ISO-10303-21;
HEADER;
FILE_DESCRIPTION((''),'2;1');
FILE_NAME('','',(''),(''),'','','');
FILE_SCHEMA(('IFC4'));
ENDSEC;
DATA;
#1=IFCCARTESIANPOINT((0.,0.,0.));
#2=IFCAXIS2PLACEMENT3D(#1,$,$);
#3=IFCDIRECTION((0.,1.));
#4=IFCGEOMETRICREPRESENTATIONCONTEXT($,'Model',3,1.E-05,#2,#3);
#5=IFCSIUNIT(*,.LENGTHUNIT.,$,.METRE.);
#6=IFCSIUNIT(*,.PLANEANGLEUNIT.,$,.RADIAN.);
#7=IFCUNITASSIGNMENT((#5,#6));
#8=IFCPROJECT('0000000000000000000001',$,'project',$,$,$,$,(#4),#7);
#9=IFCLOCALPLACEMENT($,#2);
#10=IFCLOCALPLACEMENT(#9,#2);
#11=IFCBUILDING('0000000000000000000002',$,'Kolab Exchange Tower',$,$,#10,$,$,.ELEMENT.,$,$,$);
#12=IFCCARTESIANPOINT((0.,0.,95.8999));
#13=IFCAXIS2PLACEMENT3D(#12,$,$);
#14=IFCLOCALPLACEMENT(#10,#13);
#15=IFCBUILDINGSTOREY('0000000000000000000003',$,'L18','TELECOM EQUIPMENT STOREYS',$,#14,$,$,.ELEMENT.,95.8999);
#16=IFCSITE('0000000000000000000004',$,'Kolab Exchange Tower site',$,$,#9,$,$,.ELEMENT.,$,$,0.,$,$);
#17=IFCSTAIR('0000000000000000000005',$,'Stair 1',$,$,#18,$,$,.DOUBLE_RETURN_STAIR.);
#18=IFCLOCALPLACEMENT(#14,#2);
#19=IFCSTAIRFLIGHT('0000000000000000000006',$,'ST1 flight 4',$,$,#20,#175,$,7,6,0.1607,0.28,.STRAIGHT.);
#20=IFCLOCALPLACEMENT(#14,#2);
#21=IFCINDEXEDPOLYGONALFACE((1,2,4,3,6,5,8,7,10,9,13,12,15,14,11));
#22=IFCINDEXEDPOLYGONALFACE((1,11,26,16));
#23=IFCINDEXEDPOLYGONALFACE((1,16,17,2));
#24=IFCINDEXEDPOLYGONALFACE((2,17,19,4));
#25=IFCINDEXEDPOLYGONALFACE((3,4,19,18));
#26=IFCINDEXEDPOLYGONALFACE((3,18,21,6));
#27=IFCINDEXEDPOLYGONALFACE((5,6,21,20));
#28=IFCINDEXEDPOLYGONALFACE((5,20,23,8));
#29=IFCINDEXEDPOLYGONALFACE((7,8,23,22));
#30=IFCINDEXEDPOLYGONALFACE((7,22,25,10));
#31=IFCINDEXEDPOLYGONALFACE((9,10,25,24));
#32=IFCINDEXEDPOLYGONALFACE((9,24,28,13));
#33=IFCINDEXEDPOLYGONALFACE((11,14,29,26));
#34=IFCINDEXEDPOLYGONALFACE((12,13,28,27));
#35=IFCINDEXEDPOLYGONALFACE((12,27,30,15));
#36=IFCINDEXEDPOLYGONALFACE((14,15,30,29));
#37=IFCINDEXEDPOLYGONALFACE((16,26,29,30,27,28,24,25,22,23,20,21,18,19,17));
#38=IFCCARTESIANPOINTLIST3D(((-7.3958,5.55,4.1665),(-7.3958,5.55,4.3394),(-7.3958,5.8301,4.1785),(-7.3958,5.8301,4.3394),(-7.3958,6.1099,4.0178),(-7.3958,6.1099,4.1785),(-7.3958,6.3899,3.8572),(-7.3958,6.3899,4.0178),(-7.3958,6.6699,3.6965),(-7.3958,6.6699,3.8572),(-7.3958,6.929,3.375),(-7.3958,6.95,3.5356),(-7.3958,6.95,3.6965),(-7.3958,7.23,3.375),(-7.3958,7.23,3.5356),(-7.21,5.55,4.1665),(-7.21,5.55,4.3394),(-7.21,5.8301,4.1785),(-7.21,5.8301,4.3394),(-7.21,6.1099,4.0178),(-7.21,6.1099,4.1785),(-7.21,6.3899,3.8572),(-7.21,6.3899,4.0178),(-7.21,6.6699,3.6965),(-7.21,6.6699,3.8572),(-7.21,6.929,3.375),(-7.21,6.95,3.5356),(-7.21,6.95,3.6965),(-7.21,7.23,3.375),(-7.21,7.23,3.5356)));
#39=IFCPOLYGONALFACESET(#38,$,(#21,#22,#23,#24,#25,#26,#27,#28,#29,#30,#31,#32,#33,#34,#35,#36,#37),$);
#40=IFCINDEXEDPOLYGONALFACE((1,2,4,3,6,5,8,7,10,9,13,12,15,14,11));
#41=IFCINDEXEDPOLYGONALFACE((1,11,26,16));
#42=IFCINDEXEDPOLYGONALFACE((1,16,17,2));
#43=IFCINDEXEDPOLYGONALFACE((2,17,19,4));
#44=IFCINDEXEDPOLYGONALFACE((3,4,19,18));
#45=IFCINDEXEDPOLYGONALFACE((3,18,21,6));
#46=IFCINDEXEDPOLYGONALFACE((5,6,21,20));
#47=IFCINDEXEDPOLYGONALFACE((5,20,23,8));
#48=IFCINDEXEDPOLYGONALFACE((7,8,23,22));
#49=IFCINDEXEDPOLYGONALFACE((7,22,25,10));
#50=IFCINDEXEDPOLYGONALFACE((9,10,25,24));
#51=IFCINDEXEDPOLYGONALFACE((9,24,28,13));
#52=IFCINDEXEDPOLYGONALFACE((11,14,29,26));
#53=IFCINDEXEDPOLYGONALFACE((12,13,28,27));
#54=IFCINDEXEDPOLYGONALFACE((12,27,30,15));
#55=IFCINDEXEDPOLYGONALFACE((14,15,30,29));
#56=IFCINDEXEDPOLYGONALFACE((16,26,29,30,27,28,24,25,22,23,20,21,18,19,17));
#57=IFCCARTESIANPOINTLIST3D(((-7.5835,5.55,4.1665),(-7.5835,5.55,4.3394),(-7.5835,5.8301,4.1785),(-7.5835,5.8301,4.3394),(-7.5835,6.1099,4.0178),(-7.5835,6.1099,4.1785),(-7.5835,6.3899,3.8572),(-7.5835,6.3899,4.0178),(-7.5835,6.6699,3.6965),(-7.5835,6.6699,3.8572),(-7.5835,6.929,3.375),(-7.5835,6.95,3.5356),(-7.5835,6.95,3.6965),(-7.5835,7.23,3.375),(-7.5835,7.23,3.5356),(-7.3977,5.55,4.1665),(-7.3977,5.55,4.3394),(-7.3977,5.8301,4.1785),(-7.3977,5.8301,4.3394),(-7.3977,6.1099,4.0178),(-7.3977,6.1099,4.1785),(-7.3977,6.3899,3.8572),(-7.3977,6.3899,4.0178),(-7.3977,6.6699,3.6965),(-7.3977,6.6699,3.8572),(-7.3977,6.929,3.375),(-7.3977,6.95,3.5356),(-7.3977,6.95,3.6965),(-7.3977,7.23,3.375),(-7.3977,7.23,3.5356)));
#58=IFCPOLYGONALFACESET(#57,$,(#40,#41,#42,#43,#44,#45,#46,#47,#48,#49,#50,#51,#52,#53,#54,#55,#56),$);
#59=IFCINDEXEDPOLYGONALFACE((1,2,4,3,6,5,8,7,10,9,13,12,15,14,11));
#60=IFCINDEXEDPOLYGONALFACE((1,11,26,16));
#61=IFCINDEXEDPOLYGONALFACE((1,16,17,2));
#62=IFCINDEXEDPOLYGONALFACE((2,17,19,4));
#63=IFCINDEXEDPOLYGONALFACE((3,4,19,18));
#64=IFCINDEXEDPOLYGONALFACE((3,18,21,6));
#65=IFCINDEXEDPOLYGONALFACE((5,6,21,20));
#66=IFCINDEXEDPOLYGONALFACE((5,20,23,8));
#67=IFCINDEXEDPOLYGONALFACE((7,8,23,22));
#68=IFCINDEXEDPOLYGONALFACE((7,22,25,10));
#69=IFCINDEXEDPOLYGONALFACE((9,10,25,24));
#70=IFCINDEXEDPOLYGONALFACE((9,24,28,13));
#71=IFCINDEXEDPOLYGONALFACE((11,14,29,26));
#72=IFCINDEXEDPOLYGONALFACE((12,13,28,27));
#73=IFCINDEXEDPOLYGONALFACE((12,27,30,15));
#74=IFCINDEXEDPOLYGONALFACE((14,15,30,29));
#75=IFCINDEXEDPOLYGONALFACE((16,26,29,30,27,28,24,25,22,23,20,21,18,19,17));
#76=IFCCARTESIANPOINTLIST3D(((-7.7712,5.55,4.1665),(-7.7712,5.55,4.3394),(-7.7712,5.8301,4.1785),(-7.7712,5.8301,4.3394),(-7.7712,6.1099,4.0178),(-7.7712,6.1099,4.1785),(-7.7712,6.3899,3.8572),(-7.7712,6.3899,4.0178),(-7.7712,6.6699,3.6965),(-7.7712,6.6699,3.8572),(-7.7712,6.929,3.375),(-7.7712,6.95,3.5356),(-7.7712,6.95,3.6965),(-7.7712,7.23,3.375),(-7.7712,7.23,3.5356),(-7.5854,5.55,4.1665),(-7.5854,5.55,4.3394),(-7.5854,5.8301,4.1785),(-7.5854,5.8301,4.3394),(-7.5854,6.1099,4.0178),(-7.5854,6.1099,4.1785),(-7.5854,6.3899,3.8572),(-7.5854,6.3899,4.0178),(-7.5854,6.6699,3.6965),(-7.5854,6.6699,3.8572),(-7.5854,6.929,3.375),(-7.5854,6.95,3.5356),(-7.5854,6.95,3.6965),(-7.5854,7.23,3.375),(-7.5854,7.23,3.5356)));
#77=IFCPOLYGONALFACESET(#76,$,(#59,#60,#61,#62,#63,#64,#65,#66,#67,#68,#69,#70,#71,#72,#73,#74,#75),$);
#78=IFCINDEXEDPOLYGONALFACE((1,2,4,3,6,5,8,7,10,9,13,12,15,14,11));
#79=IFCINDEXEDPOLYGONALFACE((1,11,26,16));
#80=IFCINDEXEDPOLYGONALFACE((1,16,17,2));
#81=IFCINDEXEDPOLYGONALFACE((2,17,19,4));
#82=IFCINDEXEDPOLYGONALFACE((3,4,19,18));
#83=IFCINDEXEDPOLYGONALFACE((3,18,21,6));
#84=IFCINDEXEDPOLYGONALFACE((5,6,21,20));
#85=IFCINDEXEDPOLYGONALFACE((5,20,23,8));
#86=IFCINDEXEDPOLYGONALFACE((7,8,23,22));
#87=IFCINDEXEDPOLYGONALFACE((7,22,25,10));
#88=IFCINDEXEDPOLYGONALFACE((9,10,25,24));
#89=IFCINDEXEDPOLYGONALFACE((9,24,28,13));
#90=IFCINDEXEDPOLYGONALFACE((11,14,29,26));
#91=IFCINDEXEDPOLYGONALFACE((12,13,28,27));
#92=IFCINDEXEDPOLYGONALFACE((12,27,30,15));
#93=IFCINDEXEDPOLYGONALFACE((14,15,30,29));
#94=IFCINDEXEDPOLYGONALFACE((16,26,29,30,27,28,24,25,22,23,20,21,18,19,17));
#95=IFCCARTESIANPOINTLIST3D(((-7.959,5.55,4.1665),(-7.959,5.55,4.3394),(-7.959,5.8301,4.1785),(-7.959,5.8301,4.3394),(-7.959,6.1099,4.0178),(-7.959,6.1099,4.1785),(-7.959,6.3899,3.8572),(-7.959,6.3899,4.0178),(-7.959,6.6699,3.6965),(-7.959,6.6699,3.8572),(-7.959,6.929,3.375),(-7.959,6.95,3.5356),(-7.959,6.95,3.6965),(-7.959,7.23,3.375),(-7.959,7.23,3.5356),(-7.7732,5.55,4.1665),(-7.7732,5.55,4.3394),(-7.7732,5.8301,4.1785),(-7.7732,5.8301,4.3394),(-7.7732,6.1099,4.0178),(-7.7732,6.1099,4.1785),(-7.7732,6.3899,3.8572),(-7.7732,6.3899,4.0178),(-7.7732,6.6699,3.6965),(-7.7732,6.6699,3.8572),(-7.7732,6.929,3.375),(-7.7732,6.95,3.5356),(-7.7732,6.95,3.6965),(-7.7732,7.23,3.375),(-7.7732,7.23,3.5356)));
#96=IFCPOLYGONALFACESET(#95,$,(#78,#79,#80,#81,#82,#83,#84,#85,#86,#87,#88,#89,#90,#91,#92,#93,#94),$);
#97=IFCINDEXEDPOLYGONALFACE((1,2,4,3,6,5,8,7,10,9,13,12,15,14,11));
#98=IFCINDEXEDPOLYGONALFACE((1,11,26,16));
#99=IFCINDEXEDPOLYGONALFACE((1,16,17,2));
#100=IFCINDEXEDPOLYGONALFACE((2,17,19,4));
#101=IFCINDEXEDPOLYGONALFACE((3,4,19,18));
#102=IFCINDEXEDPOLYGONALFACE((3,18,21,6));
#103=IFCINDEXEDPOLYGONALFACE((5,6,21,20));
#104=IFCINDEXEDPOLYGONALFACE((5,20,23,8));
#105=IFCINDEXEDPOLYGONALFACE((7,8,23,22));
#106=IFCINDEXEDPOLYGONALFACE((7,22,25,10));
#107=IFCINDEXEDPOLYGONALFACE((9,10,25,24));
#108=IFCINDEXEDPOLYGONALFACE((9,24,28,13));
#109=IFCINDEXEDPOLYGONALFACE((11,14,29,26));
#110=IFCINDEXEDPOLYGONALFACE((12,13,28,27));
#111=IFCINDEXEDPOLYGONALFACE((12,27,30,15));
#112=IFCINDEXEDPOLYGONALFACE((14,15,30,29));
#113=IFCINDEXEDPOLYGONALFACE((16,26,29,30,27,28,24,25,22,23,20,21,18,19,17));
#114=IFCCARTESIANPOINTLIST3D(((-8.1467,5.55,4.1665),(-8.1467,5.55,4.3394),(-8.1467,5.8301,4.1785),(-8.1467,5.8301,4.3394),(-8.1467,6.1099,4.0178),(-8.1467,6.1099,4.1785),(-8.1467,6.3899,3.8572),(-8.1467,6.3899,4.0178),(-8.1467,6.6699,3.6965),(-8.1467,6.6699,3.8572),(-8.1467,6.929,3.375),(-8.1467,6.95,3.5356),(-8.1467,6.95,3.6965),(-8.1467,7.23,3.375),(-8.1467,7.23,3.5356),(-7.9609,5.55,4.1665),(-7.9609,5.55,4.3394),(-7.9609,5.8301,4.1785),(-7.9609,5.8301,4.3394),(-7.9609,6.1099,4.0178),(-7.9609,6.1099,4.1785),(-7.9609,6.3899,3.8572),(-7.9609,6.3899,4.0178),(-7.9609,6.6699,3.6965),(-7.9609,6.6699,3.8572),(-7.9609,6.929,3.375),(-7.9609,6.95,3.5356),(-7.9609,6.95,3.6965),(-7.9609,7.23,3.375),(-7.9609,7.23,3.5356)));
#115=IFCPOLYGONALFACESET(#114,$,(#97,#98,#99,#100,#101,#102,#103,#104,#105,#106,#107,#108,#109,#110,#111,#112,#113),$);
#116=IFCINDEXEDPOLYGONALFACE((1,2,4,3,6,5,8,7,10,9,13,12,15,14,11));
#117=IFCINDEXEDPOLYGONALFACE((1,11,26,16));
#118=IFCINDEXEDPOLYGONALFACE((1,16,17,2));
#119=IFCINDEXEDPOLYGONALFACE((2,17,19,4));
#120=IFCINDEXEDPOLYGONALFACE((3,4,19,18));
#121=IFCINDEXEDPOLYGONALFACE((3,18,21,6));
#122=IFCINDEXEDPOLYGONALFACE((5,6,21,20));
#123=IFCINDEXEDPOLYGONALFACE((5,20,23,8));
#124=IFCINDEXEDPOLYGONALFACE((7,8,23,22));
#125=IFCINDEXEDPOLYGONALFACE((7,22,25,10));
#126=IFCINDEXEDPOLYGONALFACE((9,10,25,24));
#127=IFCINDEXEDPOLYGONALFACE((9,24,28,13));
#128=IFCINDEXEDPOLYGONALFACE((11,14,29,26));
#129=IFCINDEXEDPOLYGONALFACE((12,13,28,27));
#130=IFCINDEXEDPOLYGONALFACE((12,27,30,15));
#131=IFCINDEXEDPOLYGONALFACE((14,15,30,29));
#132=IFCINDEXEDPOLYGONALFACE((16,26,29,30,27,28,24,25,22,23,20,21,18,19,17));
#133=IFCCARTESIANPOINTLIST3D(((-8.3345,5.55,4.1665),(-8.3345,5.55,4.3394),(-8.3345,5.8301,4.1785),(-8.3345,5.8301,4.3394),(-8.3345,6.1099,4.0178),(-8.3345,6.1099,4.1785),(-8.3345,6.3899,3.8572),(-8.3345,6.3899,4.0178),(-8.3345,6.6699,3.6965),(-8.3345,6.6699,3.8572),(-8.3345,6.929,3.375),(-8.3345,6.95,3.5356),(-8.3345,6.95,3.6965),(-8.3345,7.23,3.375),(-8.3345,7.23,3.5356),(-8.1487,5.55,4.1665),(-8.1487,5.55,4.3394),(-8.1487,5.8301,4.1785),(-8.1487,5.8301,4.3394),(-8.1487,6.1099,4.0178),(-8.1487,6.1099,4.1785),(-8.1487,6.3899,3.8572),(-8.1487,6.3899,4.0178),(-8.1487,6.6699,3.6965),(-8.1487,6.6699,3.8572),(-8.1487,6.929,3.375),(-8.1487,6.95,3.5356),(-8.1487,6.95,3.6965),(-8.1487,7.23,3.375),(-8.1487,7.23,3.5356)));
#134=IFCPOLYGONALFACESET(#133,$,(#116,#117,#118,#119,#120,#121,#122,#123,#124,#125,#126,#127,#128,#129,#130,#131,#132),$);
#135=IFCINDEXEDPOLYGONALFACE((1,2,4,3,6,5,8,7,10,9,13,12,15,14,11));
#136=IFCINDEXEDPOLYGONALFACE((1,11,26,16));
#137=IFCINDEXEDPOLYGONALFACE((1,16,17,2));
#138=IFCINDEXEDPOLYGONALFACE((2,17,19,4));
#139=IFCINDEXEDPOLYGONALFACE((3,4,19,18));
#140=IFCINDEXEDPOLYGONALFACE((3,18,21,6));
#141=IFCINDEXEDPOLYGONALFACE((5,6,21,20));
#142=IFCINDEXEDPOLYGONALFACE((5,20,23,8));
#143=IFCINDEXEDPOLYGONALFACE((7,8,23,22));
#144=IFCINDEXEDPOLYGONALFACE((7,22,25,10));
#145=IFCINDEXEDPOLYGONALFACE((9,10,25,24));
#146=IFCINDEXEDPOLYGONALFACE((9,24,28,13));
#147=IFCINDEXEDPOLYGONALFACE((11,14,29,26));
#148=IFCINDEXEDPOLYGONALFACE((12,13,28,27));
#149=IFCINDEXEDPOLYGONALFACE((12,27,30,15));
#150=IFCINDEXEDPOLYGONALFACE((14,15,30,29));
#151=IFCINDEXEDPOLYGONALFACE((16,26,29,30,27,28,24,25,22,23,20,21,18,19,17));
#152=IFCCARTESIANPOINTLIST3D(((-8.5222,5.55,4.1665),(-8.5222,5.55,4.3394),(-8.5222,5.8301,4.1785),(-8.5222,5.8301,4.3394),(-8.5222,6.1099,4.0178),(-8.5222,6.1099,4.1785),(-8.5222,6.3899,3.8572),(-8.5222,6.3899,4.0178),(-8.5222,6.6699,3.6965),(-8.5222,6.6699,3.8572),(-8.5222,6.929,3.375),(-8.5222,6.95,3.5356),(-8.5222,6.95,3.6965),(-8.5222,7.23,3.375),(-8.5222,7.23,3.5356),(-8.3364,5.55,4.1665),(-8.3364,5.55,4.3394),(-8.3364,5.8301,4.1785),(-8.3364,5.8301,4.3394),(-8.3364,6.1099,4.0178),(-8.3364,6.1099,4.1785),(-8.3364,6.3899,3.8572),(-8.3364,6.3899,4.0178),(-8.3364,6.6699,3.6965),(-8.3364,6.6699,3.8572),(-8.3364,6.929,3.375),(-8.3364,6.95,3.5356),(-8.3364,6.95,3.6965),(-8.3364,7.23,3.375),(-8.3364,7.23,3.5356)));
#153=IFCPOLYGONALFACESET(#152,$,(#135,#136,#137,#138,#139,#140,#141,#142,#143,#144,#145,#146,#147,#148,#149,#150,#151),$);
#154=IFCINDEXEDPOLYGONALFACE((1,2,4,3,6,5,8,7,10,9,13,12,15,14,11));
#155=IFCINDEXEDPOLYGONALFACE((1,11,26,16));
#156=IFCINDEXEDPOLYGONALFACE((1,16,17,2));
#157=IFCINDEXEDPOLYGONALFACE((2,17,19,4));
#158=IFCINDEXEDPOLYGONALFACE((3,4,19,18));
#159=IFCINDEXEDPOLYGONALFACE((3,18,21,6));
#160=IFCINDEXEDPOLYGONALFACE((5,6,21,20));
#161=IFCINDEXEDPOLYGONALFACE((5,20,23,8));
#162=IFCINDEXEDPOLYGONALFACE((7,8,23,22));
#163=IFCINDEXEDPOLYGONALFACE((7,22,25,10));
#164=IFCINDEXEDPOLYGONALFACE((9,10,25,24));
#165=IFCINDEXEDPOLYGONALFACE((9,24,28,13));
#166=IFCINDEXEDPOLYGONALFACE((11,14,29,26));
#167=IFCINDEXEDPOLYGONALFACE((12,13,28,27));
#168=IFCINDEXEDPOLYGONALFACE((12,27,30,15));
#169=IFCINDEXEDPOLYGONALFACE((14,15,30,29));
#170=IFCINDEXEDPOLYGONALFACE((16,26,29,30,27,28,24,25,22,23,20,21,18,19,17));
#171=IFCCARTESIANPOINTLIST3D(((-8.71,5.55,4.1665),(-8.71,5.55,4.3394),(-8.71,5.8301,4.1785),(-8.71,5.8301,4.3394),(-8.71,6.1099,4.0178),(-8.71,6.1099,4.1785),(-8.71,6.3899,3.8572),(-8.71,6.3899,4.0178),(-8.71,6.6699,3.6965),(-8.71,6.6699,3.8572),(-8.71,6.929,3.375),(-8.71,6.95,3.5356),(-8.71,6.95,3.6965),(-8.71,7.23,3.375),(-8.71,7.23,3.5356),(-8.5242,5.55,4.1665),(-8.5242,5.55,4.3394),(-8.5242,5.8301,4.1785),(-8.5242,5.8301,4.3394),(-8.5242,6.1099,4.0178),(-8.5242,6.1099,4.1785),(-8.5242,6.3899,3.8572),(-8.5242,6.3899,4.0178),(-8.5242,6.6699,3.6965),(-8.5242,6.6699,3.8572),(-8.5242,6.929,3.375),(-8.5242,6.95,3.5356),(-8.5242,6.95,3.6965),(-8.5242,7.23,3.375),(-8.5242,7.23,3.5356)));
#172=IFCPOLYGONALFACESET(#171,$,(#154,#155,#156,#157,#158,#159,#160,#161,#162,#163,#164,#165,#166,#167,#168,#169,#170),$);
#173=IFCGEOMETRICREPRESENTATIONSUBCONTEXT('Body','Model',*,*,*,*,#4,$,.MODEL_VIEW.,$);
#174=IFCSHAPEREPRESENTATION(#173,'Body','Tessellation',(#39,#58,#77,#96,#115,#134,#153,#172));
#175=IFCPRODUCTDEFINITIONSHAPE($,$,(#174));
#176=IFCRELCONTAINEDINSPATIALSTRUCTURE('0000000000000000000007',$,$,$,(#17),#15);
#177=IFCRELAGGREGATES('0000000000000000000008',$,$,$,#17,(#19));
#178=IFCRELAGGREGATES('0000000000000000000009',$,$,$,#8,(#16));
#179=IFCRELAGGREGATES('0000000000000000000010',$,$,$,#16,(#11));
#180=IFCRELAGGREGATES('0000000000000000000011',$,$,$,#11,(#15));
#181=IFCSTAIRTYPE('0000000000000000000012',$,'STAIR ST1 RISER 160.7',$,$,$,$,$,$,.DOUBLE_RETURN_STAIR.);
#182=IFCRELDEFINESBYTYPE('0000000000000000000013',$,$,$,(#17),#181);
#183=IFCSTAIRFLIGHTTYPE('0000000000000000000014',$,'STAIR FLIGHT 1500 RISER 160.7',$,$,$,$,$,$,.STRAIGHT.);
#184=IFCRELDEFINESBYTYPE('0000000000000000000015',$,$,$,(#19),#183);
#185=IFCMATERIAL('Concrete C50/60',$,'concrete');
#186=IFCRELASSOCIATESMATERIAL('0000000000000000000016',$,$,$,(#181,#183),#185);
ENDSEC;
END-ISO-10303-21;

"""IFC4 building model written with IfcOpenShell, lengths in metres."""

from ifc_helpers import new_model, si_unit, direction, frame, origin, place, context, subcontext, project, spatial, polyline, outline, extrude, material, type_object, element, aggregate, save


model = new_model("IFC4")

# Units and contexts
model_context = context("Model", 3, precision=1e-05, world=origin(), true_north=direction((0.0, 1.0)))
body_context = subcontext(model_context, "Body", "Model", "MODEL_VIEW")
ifc_project = project(units=[si_unit("LENGTHUNIT", "METRE"), si_unit("PLANEANGLEUNIT", "RADIAN")], contexts=[model_context])

# Site, building, storey
site_placement = place(None, origin())
site = spatial("IfcSite", under=ifc_project, at=site_placement, Name="Kolab Exchange Tower site", CompositionType="ELEMENT", RefElevation=0.0)
building_placement = place(site_placement, origin())
building = spatial("IfcBuilding", under=site, at=building_placement, Name="Kolab Exchange Tower", CompositionType="ELEMENT")
storey_placement = place(building_placement, frame((0.0, 0.0, 95.8999)))
storey = spatial("IfcBuildingStorey", under=building, at=storey_placement, Name="L18", Description="TELECOM EQUIPMENT STOREYS", CompositionType="ELEMENT", Elevation=95.8999)

# Shared definitions
ifc_material_1 = material(Name="Concrete C50/60", Category="concrete")

# Stair, stair flight
stair_type = type_object("IfcStairType", Name="STAIR ST1 RISER 160.7", PredefinedType="DOUBLE_RETURN_STAIR", material=ifc_material_1)
stair_placement = place(storey_placement, origin())
stair = element("IfcStair", 1, at=stair_placement, inside=storey, type_object=stair_type, Name="Stair 1", PredefinedType="DOUBLE_RETURN_STAIR")
stair_flight_type = type_object("IfcStairFlightType", Name="STAIR FLIGHT 1500 RISER 160.7", PredefinedType="STRAIGHT", material=ifc_material_1)
stair_flight_1_placement = place(storey_placement, frame((-7.96, 7.23, 3.375), z_axis=(0.0, 0.0, 1.0), x_axis=(0.0, -1.0, 0.0)))
stair_flight_1 = element("IfcStairFlight", 2, at=stair_flight_1_placement, type_object=stair_flight_type, Name="ST1 flight 4", NumberOfRisers=7, NumberOfTreads=6, PredefinedType="STRAIGHT", RiserHeight=0.1607, TreadLength=0.28, context=body_context, shape_type="SweptSolid", body=[
    extrude(outline(polyline([(0.0, 0.0), (0.0, 0.1606), (0.28, 0.1606), (0.28, 0.3215), (0.5601, 0.3215), (0.5601, 0.4822), (0.8401, 0.4822), (0.8401, 0.6428), (1.1201, 0.6428), (1.1201, 0.8035), (1.3999, 0.8035), (1.3999, 0.9644), (1.6799, 0.9644), (1.6799, 1.125), (1.6799, 0.7915), (0.301, 0.0), (0.0, 0.0)])), frame((0.0, 0.75, 0.0), z_axis=(0.0, -1.0, 0.0), x_axis=(1.0, 0.0, 0.0)), (0.0, 0.0, 1.0), 0.1858),
    extrude(outline(polyline([(0.0, 0.0), (0.0, 0.1606), (0.28, 0.1606), (0.28, 0.3215), (0.5601, 0.3215), (0.5601, 0.4822), (0.8401, 0.4822), (0.8401, 0.6428), (1.1201, 0.6428), (1.1201, 0.8035), (1.3999, 0.8035), (1.3999, 0.9644), (1.6799, 0.9644), (1.6799, 1.125), (1.6799, 0.7915), (0.301, 0.0), (0.0, 0.0)])), frame((0.0, 0.5623, 0.0), z_axis=(0.0, -1.0, 0.0), x_axis=(1.0, 0.0, 0.0)), (0.0, 0.0, 1.0), 0.1858),
    extrude(outline(polyline([(0.0, 0.0), (0.0, 0.1606), (0.28, 0.1606), (0.28, 0.3215), (0.5601, 0.3215), (0.5601, 0.4822), (0.8401, 0.4822), (0.8401, 0.6428), (1.1201, 0.6428), (1.1201, 0.8035), (1.3999, 0.8035), (1.3999, 0.9644), (1.6799, 0.9644), (1.6799, 1.125), (1.6799, 0.7915), (0.301, 0.0), (0.0, 0.0)])), frame((0.0, 0.3745, 0.0), z_axis=(0.0, -1.0, 0.0), x_axis=(1.0, 0.0, 0.0)), (0.0, 0.0, 1.0), 0.1858),
    extrude(outline(polyline([(0.0, 0.0), (0.0, 0.1606), (0.28, 0.1606), (0.28, 0.3215), (0.5601, 0.3215), (0.5601, 0.4822), (0.8401, 0.4822), (0.8401, 0.6428), (1.1201, 0.6428), (1.1201, 0.8035), (1.3999, 0.8035), (1.3999, 0.9644), (1.6799, 0.9644), (1.6799, 1.125), (1.6799, 0.7915), (0.301, 0.0), (0.0, 0.0)])), frame((0.0, 0.1868, 0.0), z_axis=(0.0, -1.0, 0.0), x_axis=(1.0, 0.0, 0.0)), (0.0, 0.0, 1.0), 0.1858),
    extrude(outline(polyline([(0.0, 0.0), (0.0, 0.1606), (0.28, 0.1606), (0.28, 0.3215), (0.5601, 0.3215), (0.5601, 0.4822), (0.8401, 0.4822), (0.8401, 0.6428), (1.1201, 0.6428), (1.1201, 0.8035), (1.3999, 0.8035), (1.3999, 0.9644), (1.6799, 0.9644), (1.6799, 1.125), (1.6799, 0.7915), (0.301, 0.0), (0.0, 0.0)])), frame((0.0, -0.001, 0.0), z_axis=(0.0, -1.0, 0.0), x_axis=(1.0, 0.0, 0.0)), (0.0, 0.0, 1.0), 0.1858),
    extrude(outline(polyline([(0.0, 0.0), (0.0, 0.1606), (0.28, 0.1606), (0.28, 0.3215), (0.5601, 0.3215), (0.5601, 0.4822), (0.8401, 0.4822), (0.8401, 0.6428), (1.1201, 0.6428), (1.1201, 0.8035), (1.3999, 0.8035), (1.3999, 0.9644), (1.6799, 0.9644), (1.6799, 1.125), (1.6799, 0.7915), (0.301, 0.0), (0.0, 0.0)])), frame((0.0, -0.1887, 0.0), z_axis=(0.0, -1.0, 0.0), x_axis=(1.0, 0.0, 0.0)), (0.0, 0.0, 1.0), 0.1858),
    extrude(outline(polyline([(0.0, 0.0), (0.0, 0.1606), (0.28, 0.1606), (0.28, 0.3215), (0.5601, 0.3215), (0.5601, 0.4822), (0.8401, 0.4822), (0.8401, 0.6428), (1.1201, 0.6428), (1.1201, 0.8035), (1.3999, 0.8035), (1.3999, 0.9644), (1.6799, 0.9644), (1.6799, 1.125), (1.6799, 0.7915), (0.301, 0.0), (0.0, 0.0)])), frame((0.0, -0.3765, 0.0), z_axis=(0.0, -1.0, 0.0), x_axis=(1.0, 0.0, 0.0)), (0.0, 0.0, 1.0), 0.1858),
    extrude(outline(polyline([(0.0, 0.0), (0.0, 0.1606), (0.28, 0.1606), (0.28, 0.3215), (0.5601, 0.3215), (0.5601, 0.4822), (0.8401, 0.4822), (0.8401, 0.6428), (1.1201, 0.6428), (1.1201, 0.8035), (1.3999, 0.8035), (1.3999, 0.9644), (1.6799, 0.9644), (1.6799, 1.125), (1.6799, 0.7915), (0.301, 0.0), (0.0, 0.0)])), frame((0.0, -0.5642, 0.0), z_axis=(0.0, -1.0, 0.0), x_axis=(1.0, 0.0, 0.0)), (0.0, 0.0, 1.0), 0.1858),
])
aggregate(stair, [stair_flight_1])

save(model, "model.ifc")
